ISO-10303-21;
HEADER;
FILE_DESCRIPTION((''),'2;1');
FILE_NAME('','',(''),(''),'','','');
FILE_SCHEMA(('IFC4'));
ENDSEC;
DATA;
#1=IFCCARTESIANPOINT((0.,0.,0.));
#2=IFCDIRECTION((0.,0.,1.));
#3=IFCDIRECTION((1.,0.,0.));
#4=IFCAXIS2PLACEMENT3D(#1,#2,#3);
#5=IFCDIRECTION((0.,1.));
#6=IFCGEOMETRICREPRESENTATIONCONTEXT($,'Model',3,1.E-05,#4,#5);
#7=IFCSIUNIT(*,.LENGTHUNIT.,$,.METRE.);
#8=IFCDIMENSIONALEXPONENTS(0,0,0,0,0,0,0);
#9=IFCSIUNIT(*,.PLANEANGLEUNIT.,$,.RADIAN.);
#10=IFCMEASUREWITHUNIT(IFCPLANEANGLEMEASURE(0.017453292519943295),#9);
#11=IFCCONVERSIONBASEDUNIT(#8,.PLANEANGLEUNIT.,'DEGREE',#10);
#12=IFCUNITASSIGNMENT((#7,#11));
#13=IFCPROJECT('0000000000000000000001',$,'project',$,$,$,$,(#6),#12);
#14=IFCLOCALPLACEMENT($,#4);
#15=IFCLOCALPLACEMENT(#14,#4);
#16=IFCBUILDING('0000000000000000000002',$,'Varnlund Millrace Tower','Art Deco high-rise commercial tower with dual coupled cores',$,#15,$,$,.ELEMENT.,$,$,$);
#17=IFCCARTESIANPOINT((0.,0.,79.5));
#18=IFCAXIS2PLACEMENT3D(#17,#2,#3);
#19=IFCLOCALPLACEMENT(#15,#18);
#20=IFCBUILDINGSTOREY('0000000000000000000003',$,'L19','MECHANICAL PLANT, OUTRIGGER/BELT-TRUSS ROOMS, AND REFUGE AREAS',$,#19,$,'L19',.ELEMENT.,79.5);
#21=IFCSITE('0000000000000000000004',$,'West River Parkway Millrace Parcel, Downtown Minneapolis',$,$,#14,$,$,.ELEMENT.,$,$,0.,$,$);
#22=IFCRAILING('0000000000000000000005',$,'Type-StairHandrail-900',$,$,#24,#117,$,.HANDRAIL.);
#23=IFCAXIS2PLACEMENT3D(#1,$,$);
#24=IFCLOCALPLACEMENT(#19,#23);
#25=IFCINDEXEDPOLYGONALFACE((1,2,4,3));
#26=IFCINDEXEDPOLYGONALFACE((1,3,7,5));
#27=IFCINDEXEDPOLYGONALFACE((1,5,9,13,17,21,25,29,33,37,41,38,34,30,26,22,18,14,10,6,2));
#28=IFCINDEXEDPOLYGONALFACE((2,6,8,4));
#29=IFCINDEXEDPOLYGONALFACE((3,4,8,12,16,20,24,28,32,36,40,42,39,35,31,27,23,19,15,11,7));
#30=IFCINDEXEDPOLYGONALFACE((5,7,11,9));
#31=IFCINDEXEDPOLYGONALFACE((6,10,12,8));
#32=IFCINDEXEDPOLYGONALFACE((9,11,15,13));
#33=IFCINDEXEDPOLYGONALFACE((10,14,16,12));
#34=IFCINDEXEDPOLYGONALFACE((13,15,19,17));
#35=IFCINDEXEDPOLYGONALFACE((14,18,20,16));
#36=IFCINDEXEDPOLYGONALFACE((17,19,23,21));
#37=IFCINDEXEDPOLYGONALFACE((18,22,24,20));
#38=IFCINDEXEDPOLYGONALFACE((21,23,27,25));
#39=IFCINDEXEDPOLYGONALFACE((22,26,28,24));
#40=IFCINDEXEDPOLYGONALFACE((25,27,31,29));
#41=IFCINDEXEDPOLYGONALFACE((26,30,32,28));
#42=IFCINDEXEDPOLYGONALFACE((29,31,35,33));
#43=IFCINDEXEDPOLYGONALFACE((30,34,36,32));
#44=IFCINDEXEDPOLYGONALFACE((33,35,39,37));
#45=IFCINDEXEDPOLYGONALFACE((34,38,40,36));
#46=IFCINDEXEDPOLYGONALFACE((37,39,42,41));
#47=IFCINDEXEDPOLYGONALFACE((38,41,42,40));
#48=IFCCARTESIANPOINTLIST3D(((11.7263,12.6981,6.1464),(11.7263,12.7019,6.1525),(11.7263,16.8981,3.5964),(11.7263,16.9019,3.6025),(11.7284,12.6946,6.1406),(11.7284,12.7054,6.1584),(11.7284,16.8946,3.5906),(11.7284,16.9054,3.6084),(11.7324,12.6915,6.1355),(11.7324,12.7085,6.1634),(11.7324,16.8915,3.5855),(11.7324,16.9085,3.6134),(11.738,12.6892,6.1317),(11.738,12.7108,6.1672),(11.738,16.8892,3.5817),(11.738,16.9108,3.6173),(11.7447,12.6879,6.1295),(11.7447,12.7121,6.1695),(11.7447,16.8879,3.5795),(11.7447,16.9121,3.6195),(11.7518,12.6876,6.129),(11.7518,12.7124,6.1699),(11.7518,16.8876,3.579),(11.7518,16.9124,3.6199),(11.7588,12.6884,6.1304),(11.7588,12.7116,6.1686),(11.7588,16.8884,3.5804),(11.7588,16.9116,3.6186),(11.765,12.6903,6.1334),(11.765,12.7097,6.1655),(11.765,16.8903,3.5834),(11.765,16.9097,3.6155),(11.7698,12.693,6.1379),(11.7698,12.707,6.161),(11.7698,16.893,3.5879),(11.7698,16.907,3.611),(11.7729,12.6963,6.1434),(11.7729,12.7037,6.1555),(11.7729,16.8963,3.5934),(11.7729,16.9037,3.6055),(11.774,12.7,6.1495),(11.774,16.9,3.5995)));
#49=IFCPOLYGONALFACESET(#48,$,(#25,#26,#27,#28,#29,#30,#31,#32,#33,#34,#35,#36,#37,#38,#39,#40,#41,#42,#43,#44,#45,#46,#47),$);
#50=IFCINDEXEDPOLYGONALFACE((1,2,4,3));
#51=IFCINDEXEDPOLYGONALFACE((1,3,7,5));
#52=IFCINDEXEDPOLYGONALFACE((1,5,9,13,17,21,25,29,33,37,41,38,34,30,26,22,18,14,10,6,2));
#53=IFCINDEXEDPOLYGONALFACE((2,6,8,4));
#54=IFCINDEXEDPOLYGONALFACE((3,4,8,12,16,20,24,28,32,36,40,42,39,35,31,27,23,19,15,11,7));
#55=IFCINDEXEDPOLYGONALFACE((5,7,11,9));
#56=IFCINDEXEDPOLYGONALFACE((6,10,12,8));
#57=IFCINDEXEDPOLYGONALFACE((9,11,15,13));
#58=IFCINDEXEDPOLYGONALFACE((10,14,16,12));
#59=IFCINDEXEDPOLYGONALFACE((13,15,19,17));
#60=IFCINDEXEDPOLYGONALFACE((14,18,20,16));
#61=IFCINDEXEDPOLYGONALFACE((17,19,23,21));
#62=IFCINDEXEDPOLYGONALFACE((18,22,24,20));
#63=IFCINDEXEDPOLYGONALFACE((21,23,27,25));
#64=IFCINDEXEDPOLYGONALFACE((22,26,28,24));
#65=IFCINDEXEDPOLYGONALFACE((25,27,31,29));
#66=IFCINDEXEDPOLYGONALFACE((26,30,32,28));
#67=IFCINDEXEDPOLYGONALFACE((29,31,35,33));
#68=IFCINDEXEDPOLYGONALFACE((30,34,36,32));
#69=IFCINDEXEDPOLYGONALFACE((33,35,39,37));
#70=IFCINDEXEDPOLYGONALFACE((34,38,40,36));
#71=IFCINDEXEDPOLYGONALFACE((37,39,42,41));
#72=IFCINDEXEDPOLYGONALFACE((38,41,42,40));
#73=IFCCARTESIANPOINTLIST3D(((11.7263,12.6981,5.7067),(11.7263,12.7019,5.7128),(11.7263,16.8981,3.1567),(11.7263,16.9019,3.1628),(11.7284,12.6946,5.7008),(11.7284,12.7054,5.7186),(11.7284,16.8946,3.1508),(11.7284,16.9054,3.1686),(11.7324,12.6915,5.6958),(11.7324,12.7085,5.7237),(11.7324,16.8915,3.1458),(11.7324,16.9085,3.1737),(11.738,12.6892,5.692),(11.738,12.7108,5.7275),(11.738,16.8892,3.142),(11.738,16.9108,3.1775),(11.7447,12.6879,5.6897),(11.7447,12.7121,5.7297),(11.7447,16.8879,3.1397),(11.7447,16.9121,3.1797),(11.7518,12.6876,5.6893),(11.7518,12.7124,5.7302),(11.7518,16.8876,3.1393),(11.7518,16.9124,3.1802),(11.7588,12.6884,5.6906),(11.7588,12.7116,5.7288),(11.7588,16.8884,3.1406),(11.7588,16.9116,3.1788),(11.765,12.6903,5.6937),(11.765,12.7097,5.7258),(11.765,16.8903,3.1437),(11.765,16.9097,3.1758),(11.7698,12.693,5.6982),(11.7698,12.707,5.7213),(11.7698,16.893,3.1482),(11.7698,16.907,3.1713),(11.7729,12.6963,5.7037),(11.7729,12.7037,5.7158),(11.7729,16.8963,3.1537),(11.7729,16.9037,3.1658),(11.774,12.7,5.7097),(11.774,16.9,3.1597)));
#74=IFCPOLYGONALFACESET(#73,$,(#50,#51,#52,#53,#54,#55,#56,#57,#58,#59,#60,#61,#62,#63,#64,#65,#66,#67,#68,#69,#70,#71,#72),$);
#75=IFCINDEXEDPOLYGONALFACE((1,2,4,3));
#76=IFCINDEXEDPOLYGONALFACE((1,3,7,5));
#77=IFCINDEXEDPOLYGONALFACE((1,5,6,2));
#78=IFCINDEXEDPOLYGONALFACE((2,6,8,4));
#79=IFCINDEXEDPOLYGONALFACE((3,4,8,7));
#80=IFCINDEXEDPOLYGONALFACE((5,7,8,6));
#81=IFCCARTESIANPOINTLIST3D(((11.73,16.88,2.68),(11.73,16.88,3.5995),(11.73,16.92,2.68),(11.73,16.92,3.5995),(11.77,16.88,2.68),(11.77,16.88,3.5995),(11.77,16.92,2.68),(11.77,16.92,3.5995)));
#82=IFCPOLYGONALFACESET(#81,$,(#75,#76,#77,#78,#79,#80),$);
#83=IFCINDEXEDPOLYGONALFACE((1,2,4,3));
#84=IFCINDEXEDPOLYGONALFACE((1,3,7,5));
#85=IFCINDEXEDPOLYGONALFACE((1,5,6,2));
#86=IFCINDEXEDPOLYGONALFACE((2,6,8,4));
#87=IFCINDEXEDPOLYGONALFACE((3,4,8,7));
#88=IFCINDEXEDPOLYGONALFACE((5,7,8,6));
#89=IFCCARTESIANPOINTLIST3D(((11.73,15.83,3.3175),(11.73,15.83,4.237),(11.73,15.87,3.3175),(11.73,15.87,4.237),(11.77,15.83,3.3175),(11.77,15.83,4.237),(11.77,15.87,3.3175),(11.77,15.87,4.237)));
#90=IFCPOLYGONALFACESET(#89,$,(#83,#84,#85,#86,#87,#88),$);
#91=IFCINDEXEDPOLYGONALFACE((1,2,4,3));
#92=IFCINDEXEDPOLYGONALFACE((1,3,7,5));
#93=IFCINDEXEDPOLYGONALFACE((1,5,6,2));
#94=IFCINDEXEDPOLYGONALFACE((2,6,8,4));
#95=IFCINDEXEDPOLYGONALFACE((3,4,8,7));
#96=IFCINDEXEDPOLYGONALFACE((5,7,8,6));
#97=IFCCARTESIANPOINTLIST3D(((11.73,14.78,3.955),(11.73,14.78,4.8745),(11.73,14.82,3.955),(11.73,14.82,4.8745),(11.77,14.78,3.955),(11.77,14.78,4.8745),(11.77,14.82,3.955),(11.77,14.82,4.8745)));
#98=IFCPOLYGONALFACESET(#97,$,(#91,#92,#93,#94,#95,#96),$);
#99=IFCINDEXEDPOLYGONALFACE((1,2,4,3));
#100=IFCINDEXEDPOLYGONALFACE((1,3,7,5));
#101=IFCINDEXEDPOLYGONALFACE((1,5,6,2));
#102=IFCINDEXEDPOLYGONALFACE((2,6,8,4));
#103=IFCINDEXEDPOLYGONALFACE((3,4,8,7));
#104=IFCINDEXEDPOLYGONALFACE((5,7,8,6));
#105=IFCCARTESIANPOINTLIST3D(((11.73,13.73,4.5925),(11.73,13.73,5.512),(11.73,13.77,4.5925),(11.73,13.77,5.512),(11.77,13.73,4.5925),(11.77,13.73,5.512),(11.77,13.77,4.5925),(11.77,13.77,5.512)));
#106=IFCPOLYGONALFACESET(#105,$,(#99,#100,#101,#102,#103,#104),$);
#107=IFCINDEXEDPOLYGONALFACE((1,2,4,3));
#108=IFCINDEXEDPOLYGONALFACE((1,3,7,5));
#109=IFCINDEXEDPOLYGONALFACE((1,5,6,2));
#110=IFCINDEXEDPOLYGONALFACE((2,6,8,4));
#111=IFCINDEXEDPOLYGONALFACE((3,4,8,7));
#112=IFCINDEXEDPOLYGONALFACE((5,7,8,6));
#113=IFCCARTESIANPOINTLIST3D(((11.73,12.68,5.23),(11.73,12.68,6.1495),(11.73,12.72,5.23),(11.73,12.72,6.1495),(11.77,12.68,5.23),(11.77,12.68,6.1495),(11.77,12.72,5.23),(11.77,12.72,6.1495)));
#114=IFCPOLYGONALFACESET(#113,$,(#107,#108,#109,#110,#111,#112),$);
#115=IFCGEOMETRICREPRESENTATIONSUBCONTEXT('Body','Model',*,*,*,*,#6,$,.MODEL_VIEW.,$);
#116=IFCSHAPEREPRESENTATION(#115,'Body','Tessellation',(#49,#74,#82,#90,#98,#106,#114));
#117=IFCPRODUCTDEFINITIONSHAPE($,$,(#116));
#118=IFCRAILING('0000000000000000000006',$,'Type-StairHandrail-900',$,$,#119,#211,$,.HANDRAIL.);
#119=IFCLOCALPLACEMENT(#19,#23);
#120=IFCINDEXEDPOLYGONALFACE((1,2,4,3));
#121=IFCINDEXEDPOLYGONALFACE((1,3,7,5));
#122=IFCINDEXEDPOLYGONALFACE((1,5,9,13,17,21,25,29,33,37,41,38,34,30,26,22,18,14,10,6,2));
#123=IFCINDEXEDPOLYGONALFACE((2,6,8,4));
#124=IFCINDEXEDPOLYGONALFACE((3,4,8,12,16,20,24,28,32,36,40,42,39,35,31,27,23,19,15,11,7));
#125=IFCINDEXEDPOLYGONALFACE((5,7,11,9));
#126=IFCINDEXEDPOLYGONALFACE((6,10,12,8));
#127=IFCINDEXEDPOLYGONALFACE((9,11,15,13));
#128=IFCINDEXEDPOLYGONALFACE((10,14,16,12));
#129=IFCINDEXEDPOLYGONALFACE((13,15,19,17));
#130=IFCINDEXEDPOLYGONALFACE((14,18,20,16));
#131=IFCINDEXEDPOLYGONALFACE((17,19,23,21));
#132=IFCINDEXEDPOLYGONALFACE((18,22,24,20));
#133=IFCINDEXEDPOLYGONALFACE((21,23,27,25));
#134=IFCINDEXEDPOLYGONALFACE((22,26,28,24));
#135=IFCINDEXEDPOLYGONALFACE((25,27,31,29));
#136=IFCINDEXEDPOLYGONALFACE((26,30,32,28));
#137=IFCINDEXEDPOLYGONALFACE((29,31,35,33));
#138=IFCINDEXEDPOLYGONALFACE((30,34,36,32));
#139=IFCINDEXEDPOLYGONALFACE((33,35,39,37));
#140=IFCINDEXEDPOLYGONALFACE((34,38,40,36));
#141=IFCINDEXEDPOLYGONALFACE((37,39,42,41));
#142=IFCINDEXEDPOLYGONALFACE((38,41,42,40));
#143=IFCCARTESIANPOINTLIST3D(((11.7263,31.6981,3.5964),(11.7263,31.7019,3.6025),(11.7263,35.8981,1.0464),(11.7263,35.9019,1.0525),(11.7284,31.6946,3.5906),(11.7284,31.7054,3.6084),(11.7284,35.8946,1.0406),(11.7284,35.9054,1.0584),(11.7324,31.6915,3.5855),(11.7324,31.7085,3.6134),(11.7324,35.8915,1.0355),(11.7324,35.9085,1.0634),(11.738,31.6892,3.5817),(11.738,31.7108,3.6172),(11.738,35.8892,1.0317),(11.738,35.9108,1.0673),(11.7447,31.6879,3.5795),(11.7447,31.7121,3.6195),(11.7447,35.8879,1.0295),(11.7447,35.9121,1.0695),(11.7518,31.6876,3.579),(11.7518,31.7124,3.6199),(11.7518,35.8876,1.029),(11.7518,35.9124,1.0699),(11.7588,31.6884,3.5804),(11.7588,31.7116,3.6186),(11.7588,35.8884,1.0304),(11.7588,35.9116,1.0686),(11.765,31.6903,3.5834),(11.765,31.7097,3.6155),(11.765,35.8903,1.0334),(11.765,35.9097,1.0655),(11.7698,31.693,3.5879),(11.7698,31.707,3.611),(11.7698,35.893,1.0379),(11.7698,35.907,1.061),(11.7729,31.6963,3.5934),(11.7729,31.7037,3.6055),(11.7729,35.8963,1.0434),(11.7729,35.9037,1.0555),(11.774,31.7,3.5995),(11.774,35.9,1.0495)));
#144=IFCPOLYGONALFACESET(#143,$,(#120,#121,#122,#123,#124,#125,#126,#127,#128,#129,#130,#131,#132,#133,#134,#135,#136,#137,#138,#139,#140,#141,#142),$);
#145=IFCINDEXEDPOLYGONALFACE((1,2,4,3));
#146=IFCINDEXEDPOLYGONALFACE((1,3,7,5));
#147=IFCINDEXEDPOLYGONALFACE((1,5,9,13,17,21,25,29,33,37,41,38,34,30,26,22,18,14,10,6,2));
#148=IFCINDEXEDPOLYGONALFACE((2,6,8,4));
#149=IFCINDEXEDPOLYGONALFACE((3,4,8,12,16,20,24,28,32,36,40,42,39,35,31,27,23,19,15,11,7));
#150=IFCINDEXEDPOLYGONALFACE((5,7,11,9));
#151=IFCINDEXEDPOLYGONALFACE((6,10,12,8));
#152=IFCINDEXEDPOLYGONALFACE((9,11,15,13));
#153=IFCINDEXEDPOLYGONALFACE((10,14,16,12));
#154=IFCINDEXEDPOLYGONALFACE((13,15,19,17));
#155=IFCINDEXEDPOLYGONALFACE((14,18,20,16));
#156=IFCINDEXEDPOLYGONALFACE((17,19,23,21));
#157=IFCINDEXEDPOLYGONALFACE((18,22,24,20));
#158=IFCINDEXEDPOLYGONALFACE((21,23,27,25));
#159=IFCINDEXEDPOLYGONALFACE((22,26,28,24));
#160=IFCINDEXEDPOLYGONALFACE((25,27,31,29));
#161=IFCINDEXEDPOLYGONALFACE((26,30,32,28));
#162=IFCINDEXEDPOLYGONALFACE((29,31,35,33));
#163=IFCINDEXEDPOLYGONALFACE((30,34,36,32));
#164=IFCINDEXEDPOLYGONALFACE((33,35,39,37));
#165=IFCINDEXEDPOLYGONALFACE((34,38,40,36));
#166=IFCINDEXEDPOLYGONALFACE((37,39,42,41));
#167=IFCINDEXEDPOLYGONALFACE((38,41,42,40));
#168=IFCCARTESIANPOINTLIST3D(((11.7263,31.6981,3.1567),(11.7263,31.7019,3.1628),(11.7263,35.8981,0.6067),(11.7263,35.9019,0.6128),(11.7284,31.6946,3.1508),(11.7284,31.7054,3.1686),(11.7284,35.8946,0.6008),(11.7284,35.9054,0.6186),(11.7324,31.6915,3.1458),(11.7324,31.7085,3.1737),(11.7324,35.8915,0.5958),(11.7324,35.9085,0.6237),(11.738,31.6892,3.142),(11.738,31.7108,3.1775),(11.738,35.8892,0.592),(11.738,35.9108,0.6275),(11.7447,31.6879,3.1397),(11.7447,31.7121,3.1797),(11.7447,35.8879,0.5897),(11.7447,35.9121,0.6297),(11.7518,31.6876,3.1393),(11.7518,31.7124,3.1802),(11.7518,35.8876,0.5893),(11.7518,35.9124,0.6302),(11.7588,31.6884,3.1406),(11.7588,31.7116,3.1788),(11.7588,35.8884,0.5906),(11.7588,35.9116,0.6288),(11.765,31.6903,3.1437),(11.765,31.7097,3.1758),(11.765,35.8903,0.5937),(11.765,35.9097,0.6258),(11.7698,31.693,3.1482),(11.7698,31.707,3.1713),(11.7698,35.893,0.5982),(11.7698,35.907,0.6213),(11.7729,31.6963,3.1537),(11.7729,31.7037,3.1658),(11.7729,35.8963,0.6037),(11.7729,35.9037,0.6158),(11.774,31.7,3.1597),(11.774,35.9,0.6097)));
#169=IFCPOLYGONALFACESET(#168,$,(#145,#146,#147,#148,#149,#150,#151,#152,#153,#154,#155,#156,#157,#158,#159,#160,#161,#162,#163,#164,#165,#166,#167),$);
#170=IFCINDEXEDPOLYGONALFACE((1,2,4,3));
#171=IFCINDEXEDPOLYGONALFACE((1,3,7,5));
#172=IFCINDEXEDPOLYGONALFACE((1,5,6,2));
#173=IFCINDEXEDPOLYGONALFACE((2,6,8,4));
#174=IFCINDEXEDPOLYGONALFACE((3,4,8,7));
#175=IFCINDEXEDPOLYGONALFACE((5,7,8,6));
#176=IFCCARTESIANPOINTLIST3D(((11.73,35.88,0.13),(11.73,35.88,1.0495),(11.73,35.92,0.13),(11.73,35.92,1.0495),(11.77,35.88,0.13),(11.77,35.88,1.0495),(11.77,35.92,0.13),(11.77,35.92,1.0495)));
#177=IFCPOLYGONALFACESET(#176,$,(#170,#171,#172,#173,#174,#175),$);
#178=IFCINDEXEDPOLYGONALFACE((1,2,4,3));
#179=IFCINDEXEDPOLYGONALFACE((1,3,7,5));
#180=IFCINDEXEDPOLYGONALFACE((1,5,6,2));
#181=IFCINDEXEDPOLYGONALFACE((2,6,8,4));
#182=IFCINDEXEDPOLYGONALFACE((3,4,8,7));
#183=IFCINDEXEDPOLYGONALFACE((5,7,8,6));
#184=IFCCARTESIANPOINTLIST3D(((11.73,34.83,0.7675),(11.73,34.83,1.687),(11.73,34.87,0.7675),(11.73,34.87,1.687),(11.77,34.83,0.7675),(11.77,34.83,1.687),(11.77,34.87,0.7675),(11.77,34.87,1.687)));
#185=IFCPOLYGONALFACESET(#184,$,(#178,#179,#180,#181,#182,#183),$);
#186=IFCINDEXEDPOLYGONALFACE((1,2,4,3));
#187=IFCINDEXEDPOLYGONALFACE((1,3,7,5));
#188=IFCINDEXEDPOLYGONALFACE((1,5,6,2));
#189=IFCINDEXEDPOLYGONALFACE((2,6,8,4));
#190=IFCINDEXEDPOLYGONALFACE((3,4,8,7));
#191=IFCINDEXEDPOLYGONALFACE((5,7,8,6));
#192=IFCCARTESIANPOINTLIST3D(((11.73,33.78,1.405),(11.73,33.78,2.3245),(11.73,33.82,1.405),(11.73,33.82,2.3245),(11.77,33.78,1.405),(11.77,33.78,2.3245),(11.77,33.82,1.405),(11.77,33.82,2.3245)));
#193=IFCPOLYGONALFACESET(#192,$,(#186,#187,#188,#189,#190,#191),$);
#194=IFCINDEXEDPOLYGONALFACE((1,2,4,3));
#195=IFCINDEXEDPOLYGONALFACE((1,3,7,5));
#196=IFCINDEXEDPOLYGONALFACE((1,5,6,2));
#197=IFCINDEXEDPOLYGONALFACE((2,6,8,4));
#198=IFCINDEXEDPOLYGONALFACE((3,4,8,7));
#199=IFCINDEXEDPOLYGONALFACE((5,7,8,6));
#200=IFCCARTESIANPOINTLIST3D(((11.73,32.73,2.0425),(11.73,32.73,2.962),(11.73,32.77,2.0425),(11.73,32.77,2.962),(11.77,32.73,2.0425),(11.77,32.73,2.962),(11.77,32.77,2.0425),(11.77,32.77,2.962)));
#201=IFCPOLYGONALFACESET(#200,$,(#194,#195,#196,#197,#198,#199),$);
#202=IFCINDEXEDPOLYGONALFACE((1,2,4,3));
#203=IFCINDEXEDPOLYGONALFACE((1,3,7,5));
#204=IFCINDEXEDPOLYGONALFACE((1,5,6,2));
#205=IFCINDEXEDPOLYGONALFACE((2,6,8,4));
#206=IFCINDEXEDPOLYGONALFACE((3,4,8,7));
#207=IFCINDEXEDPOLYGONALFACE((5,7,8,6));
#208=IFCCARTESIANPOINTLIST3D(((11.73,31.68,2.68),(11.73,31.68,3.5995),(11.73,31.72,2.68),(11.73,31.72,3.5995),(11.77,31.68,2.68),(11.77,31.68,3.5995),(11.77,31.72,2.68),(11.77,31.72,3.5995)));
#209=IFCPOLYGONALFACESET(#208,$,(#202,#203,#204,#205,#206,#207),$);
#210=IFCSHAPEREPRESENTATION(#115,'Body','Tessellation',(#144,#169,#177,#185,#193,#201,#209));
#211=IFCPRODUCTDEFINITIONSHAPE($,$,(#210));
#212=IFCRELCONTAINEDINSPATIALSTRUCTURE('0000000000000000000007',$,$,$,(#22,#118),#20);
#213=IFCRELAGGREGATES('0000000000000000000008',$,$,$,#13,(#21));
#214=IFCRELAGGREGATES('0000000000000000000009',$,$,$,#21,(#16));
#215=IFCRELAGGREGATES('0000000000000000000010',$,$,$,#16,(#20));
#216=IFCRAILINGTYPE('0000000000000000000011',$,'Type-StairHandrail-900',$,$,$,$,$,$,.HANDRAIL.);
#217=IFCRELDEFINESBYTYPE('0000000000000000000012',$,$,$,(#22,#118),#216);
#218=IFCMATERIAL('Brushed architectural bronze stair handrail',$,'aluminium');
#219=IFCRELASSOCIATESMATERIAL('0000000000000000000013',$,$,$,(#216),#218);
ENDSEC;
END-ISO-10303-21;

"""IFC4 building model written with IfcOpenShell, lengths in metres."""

from ifc_helpers import new_model, entity, si_unit, converted_unit, direction, frame, origin_with_axes, origin_2d_with_axis, place, context, subcontext, project, spatial, rectangle, circle, extrude, material, type_object, element, save


model = new_model("IFC4")

# Units and contexts
model_context = context("Model", 3, precision=1e-05, world=origin_with_axes(), true_north=direction((0.0, 1.0)))
body_context = subcontext(model_context, "Body", "Model", "MODEL_VIEW")
ifc_project = project(units=[si_unit("LENGTHUNIT", "METRE"), converted_unit("PLANEANGLEUNIT", "DEGREE", entity("IfcPlaneAngleMeasure", 0.017453292519943295), si_unit("PLANEANGLEUNIT", "RADIAN"), dimensions=[0, 0, 0, 0, 0, 0, 0])], contexts=[model_context])

# Site, building, storey
site_placement = place(None, origin_with_axes())
site = spatial("IfcSite", under=ifc_project, at=site_placement, Name="West River Parkway Millrace Parcel, Downtown Minneapolis", CompositionType="ELEMENT", RefElevation=0.0)
building_placement = place(site_placement, origin_with_axes())
building = spatial("IfcBuilding", under=site, at=building_placement, Name="Varnlund Millrace Tower", Description="Art Deco high-rise commercial tower with dual coupled cores", CompositionType="ELEMENT")
storey_placement = place(building_placement, frame((0.0, 0.0, 79.5), z_axis=(0.0, 0.0, 1.0), x_axis=(1.0, 0.0, 0.0)))
storey = spatial("IfcBuildingStorey", under=building, at=storey_placement, Name="L19", Description="MECHANICAL PLANT, OUTRIGGER/BELT-TRUSS ROOMS, AND REFUGE AREAS", LongName="L19", CompositionType="ELEMENT", Elevation=79.5)

# Railings
ifc_material_1 = material(Name="Brushed architectural bronze stair handrail", Category="aluminium")
railing_type_1 = type_object("IfcRailingType", Name="Type-StairHandrail-900", PredefinedType="HANDRAIL", material=ifc_material_1)
railing_1_placement = place(storey_placement, frame((0.0, 0.0, -79.5), z_axis=(0.0, 0.0, 1.0), x_axis=(1.0, 0.0, 0.0)))
element("IfcRailing", 1, at=railing_1_placement, inside=storey, type_object=railing_type_1, Name="Type-StairHandrail-900", PredefinedType="HANDRAIL", context=body_context, shape_type="SweptSolid", body=[
    extrude(circle(Radius=0.024, at=origin_2d_with_axis()), frame((11.75, 16.9, 83.0995), z_axis=(0.0, -0.854788, 0.518978), x_axis=(1.0, 0.0, 0.0)), (0.0, 0.0, 1.0), 4.9135),
    extrude(circle(Radius=0.024, at=origin_2d_with_axis()), frame((11.75, 16.9, 82.6597), z_axis=(0.0, -0.854788, 0.518978), x_axis=(1.0, 0.0, 0.0)), (0.0, 0.0, 1.0), 4.9135),
    extrude(rectangle(XDim=0.04, YDim=0.04, at=origin_2d_with_axis()), frame((11.75, 16.9, 82.18), z_axis=(0.0, 0.0, 1.0), x_axis=(1.0, 0.0, 0.0)), (0.0, 0.0, 1.0), 0.9195),
    extrude(rectangle(XDim=0.04, YDim=0.04, at=origin_2d_with_axis()), frame((11.75, 15.85, 82.8175), z_axis=(0.0, 0.0, 1.0), x_axis=(1.0, 0.0, 0.0)), (0.0, 0.0, 1.0), 0.9195),
    extrude(rectangle(XDim=0.04, YDim=0.04, at=origin_2d_with_axis()), frame((11.75, 14.8, 83.455), z_axis=(0.0, 0.0, 1.0), x_axis=(1.0, 0.0, 0.0)), (0.0, 0.0, 1.0), 0.9195),
    extrude(rectangle(XDim=0.04, YDim=0.04, at=origin_2d_with_axis()), frame((11.75, 13.75, 84.0925), z_axis=(0.0, 0.0, 1.0), x_axis=(1.0, 0.0, 0.0)), (0.0, 0.0, 1.0), 0.9195),
    extrude(rectangle(XDim=0.04, YDim=0.04, at=origin_2d_with_axis()), frame((11.75, 12.7, 84.73), z_axis=(0.0, 0.0, 1.0), x_axis=(1.0, 0.0, 0.0)), (0.0, 0.0, 1.0), 0.9195),
])
railing_2_placement = place(storey_placement, frame((0.0, 0.0, -79.5), z_axis=(0.0, 0.0, 1.0), x_axis=(1.0, 0.0, 0.0)))
element("IfcRailing", 2, at=railing_2_placement, inside=storey, type_object=railing_type_1, Name="Type-StairHandrail-900", PredefinedType="HANDRAIL", context=body_context, shape_type="SweptSolid", body=[
    extrude(circle(Radius=0.024, at=origin_2d_with_axis()), frame((11.75, 35.9, 80.5495), z_axis=(0.0, -0.854788, 0.518978), x_axis=(1.0, 0.0, 0.0)), (0.0, 0.0, 1.0), 4.9135),
    extrude(circle(Radius=0.024, at=origin_2d_with_axis()), frame((11.75, 35.9, 80.1097), z_axis=(0.0, -0.854788, 0.518978), x_axis=(1.0, 0.0, 0.0)), (0.0, 0.0, 1.0), 4.9135),
    extrude(rectangle(XDim=0.04, YDim=0.04, at=origin_2d_with_axis()), frame((11.75, 35.9, 79.63), z_axis=(0.0, 0.0, 1.0), x_axis=(1.0, 0.0, 0.0)), (0.0, 0.0, 1.0), 0.9195),
    extrude(rectangle(XDim=0.04, YDim=0.04, at=origin_2d_with_axis()), frame((11.75, 34.85, 80.2675), z_axis=(0.0, 0.0, 1.0), x_axis=(1.0, 0.0, 0.0)), (0.0, 0.0, 1.0), 0.9195),
    extrude(rectangle(XDim=0.04, YDim=0.04, at=origin_2d_with_axis()), frame((11.75, 33.8, 80.905), z_axis=(0.0, 0.0, 1.0), x_axis=(1.0, 0.0, 0.0)), (0.0, 0.0, 1.0), 0.9195),
    extrude(rectangle(XDim=0.04, YDim=0.04, at=origin_2d_with_axis()), frame((11.75, 32.75, 81.5425), z_axis=(0.0, 0.0, 1.0), x_axis=(1.0, 0.0, 0.0)), (0.0, 0.0, 1.0), 0.9195),
    extrude(rectangle(XDim=0.04, YDim=0.04, at=origin_2d_with_axis()), frame((11.75, 31.7, 82.18), z_axis=(0.0, 0.0, 1.0), x_axis=(1.0, 0.0, 0.0)), (0.0, 0.0, 1.0), 0.9195),
])

save(model, "model.ifc")
